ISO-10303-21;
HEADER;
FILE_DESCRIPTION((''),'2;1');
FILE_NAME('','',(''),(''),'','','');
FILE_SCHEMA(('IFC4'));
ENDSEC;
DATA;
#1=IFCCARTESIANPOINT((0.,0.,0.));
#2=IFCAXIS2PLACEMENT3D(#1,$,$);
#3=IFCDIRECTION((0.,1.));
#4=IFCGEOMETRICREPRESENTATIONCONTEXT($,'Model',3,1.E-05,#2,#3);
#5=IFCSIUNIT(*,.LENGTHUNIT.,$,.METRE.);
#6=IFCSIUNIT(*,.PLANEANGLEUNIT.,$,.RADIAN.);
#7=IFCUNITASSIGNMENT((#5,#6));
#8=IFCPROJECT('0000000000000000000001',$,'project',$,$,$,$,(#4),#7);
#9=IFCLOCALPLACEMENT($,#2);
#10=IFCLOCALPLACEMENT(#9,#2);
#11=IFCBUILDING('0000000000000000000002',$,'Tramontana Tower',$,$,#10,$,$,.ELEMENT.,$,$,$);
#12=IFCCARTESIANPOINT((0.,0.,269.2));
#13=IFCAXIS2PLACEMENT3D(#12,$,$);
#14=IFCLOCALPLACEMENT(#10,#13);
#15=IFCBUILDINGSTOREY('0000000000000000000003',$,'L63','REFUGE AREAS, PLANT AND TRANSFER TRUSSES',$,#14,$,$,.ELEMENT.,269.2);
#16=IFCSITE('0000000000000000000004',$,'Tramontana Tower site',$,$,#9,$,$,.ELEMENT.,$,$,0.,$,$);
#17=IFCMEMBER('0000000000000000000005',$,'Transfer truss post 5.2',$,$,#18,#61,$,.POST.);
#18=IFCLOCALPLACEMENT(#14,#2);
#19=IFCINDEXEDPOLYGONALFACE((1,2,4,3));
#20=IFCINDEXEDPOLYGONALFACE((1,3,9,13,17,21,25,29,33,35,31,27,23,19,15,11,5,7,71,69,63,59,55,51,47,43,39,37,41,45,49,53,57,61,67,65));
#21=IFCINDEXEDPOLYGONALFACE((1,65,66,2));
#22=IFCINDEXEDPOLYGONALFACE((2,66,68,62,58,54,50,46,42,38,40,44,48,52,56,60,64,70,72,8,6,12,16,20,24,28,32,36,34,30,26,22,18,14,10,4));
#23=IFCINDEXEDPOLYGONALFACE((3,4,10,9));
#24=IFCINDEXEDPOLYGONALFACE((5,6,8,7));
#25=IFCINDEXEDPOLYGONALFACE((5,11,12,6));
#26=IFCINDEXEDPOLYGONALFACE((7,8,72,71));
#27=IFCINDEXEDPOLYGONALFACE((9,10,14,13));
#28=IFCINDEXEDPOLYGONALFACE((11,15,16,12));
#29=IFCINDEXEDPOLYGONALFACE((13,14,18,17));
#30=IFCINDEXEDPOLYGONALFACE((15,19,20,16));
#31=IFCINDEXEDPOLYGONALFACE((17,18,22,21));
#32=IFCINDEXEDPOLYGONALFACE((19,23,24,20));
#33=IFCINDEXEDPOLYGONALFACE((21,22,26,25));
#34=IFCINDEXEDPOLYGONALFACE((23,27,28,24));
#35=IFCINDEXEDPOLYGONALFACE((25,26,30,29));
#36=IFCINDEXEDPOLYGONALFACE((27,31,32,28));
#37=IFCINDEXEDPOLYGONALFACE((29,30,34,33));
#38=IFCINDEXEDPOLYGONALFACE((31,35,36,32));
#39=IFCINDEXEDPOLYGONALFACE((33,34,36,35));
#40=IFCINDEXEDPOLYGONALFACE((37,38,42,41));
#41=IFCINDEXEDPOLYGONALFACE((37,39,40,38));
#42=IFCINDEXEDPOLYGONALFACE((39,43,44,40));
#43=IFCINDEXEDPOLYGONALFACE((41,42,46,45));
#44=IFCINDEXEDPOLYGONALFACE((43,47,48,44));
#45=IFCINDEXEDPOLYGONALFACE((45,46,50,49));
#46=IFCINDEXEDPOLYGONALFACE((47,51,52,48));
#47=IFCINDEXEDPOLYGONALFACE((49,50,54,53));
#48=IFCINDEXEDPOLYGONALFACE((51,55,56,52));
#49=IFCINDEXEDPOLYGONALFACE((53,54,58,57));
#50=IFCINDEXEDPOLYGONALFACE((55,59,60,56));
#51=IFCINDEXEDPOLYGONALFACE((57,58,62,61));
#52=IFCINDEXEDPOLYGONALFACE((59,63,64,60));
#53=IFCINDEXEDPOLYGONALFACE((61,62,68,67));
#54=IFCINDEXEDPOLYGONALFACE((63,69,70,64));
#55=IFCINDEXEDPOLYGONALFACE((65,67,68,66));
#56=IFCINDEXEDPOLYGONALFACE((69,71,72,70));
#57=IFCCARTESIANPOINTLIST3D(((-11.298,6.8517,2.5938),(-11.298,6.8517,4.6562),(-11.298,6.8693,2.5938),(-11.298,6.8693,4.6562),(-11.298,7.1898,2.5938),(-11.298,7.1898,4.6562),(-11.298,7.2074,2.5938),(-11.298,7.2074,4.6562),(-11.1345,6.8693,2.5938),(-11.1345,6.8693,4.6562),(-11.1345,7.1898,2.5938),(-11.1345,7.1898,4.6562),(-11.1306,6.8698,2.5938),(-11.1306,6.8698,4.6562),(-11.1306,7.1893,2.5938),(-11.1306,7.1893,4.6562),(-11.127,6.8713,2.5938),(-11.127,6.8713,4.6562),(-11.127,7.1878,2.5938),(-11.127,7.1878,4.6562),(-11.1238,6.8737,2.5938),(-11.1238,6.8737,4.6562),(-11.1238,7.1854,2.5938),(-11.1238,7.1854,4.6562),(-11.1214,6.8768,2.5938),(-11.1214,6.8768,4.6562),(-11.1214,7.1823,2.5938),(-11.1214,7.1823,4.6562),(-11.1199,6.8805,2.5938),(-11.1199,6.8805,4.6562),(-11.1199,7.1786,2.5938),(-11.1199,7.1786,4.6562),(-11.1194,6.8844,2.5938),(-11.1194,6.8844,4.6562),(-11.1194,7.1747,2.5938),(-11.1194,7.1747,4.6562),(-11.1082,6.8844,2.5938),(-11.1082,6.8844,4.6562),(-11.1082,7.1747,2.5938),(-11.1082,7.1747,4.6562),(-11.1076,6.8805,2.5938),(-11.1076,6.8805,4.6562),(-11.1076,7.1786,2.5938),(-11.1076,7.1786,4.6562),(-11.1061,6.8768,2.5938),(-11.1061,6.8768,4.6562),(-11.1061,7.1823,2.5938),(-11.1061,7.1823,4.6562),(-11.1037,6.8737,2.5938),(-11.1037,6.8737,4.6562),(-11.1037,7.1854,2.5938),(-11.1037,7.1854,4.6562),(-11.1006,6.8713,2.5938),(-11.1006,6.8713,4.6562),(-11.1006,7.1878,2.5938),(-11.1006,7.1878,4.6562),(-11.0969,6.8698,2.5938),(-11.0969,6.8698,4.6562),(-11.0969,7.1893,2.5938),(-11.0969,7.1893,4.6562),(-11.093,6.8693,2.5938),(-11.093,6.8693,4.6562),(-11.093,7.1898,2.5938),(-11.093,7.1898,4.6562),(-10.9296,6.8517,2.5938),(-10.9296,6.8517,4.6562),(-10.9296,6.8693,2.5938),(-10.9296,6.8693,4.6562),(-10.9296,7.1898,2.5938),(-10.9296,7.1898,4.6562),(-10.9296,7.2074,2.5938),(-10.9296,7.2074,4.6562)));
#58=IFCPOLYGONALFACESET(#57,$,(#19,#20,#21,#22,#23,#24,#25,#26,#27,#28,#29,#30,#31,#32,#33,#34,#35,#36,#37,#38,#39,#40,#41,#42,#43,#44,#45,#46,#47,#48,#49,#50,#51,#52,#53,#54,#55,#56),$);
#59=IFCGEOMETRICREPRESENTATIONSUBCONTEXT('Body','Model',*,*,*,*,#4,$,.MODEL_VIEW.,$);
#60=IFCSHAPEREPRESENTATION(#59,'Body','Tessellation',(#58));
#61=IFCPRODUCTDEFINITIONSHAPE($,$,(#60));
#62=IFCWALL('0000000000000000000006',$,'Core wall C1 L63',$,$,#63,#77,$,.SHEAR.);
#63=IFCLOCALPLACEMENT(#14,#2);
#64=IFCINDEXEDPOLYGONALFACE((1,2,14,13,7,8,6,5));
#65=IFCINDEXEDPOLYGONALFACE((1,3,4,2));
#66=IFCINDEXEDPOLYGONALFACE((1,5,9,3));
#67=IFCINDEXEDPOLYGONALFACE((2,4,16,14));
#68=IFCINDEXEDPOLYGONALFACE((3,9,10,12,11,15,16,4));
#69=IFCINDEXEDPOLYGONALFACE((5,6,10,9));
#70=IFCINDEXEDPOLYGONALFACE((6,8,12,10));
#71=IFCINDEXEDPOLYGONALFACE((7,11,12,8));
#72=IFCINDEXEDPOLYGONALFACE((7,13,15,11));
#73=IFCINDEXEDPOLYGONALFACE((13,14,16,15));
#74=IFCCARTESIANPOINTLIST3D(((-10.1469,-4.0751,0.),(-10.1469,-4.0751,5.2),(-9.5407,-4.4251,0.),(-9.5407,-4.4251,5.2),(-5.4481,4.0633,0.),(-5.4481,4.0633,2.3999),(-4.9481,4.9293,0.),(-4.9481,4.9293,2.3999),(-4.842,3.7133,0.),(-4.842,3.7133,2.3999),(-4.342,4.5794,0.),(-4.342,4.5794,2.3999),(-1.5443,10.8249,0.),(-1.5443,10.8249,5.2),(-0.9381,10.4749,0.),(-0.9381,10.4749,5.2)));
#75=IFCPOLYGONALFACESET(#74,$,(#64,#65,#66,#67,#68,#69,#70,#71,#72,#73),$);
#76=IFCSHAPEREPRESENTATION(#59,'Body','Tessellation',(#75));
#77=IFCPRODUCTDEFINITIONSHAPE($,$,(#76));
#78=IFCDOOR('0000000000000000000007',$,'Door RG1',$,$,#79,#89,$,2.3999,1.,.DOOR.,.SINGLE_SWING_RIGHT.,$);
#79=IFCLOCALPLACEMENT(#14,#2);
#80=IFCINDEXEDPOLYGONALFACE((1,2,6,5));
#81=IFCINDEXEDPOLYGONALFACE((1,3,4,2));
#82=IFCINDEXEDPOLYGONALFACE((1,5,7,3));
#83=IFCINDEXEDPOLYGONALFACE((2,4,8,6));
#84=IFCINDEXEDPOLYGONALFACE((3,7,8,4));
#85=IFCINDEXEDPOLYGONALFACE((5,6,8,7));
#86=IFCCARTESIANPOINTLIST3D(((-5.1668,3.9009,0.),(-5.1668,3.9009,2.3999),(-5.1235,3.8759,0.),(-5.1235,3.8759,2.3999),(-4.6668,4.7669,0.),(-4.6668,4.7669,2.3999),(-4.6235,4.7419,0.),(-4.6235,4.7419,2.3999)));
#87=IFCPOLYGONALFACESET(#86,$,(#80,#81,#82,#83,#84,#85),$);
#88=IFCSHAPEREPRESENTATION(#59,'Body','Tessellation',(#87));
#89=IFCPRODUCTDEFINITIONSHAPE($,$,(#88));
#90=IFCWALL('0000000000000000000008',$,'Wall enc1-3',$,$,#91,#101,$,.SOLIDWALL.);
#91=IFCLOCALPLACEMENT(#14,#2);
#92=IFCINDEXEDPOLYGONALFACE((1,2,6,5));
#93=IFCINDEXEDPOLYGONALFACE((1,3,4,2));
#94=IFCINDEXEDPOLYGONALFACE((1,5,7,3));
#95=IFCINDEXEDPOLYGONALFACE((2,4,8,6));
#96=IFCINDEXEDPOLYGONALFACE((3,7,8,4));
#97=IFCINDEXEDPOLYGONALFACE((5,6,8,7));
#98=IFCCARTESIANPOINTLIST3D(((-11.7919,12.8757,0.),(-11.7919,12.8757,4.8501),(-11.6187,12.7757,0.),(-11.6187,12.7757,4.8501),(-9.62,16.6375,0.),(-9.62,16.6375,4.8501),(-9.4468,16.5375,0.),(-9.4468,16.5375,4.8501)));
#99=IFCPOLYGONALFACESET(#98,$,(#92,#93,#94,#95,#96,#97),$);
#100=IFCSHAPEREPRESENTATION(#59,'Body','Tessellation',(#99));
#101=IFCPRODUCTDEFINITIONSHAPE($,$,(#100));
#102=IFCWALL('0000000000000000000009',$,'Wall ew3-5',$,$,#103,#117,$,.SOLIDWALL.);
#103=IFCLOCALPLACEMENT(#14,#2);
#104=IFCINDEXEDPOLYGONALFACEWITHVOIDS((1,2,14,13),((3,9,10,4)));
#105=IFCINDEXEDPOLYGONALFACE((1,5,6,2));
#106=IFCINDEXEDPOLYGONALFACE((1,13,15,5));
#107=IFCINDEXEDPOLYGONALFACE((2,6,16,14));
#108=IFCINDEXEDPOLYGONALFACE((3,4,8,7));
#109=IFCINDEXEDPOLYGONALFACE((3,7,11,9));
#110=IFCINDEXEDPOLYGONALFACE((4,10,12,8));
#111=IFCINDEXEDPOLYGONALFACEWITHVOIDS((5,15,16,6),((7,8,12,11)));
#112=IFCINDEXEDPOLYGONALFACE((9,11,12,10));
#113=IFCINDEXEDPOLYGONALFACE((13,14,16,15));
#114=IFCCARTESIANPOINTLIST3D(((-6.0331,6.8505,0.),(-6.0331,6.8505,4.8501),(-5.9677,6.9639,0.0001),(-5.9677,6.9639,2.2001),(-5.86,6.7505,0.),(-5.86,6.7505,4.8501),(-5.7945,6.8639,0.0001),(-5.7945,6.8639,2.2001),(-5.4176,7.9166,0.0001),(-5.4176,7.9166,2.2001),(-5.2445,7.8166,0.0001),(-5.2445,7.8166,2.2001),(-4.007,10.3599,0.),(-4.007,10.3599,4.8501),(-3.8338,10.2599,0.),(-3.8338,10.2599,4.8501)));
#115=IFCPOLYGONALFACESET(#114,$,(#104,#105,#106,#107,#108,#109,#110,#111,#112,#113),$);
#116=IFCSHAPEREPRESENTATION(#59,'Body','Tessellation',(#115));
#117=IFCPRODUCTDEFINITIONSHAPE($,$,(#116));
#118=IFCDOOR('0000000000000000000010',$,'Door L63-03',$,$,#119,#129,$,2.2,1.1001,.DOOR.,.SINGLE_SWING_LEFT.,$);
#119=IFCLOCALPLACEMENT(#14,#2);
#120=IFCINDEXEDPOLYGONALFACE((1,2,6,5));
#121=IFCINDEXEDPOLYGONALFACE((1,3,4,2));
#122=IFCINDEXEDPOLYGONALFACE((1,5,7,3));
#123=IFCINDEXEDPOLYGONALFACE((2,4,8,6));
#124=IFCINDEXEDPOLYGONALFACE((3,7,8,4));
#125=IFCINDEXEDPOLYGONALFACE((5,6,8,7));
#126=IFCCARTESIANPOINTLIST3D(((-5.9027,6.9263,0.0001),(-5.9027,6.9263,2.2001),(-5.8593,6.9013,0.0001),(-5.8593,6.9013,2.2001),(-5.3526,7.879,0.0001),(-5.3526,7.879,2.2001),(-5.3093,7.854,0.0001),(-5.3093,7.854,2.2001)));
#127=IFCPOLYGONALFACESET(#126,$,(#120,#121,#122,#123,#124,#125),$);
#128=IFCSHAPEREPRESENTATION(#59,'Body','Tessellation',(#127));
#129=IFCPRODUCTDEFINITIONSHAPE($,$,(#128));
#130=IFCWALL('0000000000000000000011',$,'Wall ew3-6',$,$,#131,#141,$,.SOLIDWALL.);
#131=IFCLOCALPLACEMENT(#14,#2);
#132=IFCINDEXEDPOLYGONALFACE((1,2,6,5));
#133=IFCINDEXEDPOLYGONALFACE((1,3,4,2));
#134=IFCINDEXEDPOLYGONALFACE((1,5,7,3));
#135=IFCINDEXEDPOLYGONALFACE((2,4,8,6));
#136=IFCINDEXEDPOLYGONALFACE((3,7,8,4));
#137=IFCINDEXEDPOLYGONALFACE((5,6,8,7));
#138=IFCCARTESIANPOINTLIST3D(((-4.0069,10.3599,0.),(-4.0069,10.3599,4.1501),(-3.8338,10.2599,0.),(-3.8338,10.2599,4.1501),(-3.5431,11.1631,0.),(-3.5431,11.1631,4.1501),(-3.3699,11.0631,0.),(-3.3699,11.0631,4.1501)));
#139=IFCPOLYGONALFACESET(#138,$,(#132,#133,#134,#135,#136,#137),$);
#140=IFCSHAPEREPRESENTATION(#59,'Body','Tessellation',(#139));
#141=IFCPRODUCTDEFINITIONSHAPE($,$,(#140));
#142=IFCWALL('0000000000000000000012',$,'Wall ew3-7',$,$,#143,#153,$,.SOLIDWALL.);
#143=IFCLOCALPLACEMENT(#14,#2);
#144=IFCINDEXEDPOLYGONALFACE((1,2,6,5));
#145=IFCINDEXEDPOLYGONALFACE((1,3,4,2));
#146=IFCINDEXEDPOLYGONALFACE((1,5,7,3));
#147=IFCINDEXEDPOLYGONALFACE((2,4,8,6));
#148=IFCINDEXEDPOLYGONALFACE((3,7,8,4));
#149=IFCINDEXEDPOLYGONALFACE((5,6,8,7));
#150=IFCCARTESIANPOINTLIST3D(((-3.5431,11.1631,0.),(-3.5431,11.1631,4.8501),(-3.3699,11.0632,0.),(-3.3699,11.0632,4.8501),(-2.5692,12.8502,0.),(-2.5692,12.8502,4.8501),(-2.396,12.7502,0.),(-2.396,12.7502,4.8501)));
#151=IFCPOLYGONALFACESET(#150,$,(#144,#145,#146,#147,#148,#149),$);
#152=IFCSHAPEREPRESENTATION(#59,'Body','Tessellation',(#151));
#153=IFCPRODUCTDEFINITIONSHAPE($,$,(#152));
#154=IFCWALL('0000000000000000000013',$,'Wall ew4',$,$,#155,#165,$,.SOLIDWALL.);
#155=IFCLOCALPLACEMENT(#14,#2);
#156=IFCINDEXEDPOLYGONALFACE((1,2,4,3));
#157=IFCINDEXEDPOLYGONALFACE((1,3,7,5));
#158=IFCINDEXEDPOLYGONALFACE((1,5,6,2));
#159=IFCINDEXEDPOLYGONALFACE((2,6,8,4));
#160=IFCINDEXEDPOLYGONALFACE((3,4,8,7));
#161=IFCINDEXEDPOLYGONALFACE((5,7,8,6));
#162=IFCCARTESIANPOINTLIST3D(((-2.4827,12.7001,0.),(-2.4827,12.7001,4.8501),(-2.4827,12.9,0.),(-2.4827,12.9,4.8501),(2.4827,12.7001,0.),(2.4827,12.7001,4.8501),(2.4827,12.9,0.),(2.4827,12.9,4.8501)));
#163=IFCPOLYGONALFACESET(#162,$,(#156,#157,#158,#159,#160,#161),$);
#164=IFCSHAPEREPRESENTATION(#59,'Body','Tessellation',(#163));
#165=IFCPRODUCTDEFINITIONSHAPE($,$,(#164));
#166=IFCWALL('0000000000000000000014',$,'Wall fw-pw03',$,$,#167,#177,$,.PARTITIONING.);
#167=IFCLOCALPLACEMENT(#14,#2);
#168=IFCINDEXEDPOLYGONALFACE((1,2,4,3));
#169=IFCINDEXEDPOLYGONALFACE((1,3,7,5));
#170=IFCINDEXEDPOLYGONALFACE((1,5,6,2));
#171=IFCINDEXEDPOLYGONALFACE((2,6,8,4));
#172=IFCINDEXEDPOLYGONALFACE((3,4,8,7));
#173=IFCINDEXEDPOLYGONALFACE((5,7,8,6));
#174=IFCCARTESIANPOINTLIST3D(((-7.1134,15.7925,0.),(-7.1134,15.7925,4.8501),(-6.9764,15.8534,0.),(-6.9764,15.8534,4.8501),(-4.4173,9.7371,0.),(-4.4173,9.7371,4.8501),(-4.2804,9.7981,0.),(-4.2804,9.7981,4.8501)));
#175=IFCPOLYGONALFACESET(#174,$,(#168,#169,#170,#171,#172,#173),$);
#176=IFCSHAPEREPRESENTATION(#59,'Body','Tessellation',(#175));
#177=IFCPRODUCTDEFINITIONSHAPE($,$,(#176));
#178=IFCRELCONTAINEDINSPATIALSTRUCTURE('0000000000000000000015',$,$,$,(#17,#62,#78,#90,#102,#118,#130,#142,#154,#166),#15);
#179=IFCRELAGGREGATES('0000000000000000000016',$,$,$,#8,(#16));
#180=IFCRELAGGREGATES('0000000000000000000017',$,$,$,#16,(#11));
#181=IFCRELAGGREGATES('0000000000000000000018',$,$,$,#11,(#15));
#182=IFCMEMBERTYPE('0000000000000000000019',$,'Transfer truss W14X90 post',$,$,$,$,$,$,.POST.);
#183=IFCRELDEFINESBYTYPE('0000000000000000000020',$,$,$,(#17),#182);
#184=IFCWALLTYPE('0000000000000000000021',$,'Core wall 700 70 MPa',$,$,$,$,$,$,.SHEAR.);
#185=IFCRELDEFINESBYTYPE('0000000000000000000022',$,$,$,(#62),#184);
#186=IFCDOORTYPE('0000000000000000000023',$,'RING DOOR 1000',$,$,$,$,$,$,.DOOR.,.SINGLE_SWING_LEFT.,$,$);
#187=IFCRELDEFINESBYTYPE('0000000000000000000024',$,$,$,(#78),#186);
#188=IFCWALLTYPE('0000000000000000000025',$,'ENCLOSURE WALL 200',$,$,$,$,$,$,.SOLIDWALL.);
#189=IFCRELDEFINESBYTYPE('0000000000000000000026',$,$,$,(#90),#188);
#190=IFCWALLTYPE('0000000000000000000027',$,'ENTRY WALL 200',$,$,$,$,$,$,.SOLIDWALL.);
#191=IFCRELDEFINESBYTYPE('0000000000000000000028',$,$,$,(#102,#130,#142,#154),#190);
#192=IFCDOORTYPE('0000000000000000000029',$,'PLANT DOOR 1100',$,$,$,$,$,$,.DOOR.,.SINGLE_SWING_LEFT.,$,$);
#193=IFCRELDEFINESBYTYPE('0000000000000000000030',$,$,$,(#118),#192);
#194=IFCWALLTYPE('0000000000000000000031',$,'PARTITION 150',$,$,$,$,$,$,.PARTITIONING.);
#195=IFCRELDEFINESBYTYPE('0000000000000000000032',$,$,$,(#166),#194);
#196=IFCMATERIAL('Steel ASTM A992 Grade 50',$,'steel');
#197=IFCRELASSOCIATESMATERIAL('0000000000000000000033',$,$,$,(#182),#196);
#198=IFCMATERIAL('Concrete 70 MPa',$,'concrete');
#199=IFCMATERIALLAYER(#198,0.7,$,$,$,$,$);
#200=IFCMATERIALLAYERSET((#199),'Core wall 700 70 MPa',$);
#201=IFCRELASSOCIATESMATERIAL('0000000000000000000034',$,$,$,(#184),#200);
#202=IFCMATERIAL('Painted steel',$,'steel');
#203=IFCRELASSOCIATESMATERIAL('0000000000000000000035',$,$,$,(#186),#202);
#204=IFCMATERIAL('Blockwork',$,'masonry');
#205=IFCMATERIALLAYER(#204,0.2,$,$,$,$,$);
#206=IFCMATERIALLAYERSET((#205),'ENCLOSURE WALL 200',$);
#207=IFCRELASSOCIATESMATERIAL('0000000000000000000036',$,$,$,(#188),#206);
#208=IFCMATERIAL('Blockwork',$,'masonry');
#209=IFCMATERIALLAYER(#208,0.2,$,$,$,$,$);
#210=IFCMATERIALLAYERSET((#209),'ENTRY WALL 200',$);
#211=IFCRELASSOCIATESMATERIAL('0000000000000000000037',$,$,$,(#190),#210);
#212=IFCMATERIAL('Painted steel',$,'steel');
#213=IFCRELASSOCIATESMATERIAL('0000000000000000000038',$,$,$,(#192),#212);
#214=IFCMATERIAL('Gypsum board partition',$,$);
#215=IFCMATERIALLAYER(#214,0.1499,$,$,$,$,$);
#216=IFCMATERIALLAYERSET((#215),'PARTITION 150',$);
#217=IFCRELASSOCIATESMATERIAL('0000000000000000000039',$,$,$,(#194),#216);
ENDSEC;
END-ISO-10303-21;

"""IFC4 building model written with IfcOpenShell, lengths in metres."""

from ifc_helpers import new_model, si_unit, direction, frame, frame_2d, origin, origin_2d, place, context, subcontext, project, spatial, rectangle, i_section, extrude, material, layer, layer_set, material_profile, profile_set, type_object, element, fill, save


model = new_model("IFC4")

# Units and contexts
model_context = context("Model", 3, precision=1e-05, world=origin(), true_north=direction((0.0, 1.0)))
body_context = subcontext(model_context, "Body", "Model", "MODEL_VIEW")
ifc_project = project(units=[si_unit("LENGTHUNIT", "METRE"), si_unit("PLANEANGLEUNIT", "RADIAN")], contexts=[model_context])

# Site, building, storey
site_placement = place(None, origin())
site = spatial("IfcSite", under=ifc_project, at=site_placement, Name="Tramontana Tower site", CompositionType="ELEMENT", RefElevation=0.0)
building_placement = place(site_placement, origin())
building = spatial("IfcBuilding", under=site, at=building_placement, Name="Tramontana Tower", CompositionType="ELEMENT")
storey_placement = place(building_placement, frame((0.0, 0.0, 269.2)))
storey = spatial("IfcBuildingStorey", under=building, at=storey_placement, Name="L63", Description="REFUGE AREAS, PLANT AND TRANSFER TRUSSES", CompositionType="ELEMENT", Elevation=269.2)

# Member
ifc_material_1 = material(Name="Steel ASTM A992 Grade 50", Category="steel")
ifc_material_profile_1 = material_profile(ifc_material_1, i_section(OverallWidth=0.3684, OverallDepth=0.3557, WebThickness=0.0112, FlangeThickness=0.0176, FilletRadius=0.0151, at=origin_2d()), Name="W14X90")
ifc_profile_set_1 = profile_set([ifc_material_profile_1], Name="Steel ASTM A992 Grade 50")
member_type_1 = type_object("IfcMemberType", Name="Transfer truss W14X90 post", PredefinedType="POST", material=ifc_profile_set_1)
member_1_placement = place(storey_placement, frame((-11.1138, 7.0295, 2.5938), z_axis=(0.0, 0.0, 1.0), x_axis=(1.0, 0.0, 0.0)))
element("IfcMember", 1, at=member_1_placement, inside=storey, type_object=member_type_1, Name="Transfer truss post 5.2", PredefinedType="POST", context=body_context, shape_type="SweptSolid", body=[
    extrude(i_section(OverallWidth=0.3684, OverallDepth=0.3557, WebThickness=0.0112, FlangeThickness=0.0176, FilletRadius=0.0151, at=origin_2d()), origin(), (0.0, 0.0, 1.0), 2.0625),
])

# Wall, opening, door
ifc_material_2 = material(Name="Concrete 70 MPa", Category="concrete")
ifc_layer_1 = layer(ifc_material_2, 0.7)
ifc_layer_set_1 = layer_set([ifc_layer_1], Name="Core wall 700 70 MPa")
wall_type_1 = type_object("IfcWallType", Name="Core wall 700 70 MPa", PredefinedType="SHEAR", material=ifc_layer_set_1)
wall_1_placement = place(storey_placement, frame((-1.2412, 10.6499, 0.0), z_axis=(0.0, 0.0, 1.0), x_axis=(-0.500003, -0.866023, 0.0)))
wall_1 = element("IfcWall", 2, at=wall_1_placement, inside=storey, type_object=wall_type_1, Name="Core wall C1 L63", PredefinedType="SHEAR", context=body_context, shape_type="SweptSolid", body=[
    extrude(rectangle(XDim=17.2051, YDim=0.7, at=frame_2d((8.6025, 0.0))), origin(), (0.0, 0.0, 1.0), 5.2),
])
opening_1_placement = place(wall_1_placement, frame((6.8076, 0.0, 0.0)))
opening_1 = element("IfcOpeningElement", 3, at=opening_1_placement, cuts=wall_1, PredefinedType="OPENING", context=body_context, shape_type="SweptSolid", body=[
    extrude(rectangle(XDim=1.0, YDim=2.3999, at=frame_2d((0.5, 1.2))), frame((0.0, 0.3599, 0.0), z_axis=(0.0, -1.0, 0.0), x_axis=(1.0, 0.0, 0.0)), (0.0, 0.0, 1.0), 0.72),
])
ifc_material_3 = material(Name="Painted steel", Category="steel")
door_type_1 = type_object("IfcDoorType", Name="RING DOOR 1000", OperationType="SINGLE_SWING_LEFT", PredefinedType="DOOR", material=ifc_material_3)
door_1_placement = place(opening_1_placement, origin())
door_1 = element("IfcDoor", 4, at=door_1_placement, inside=storey, type_object=door_type_1, Name="Door RG1", OperationType="SINGLE_SWING_RIGHT", OverallHeight=2.3999, OverallWidth=1.0, PredefinedType="DOOR", context=body_context, shape_type="SweptSolid", body=[
    extrude(rectangle(XDim=1.0, YDim=2.3999, at=frame_2d((0.5, 1.2))), frame((0.0, 0.0249, 0.0), z_axis=(0.0, -1.0, 0.0), x_axis=(1.0, 0.0, 0.0)), (0.0, 0.0, 1.0), 0.05),
])
fill(opening_1, door_1)

# Wall
ifc_material_4 = material(Name="Blockwork", Category="masonry")
ifc_layer_2 = layer(ifc_material_4, 0.2)
ifc_layer_set_2 = layer_set([ifc_layer_2], Name="ENCLOSURE WALL 200")
wall_type_2 = type_object("IfcWallType", Name="ENCLOSURE WALL 200", PredefinedType="SOLIDWALL", material=ifc_layer_set_2)
wall_2_placement = place(storey_placement, frame((-11.7053, 12.8257, 0.0), z_axis=(0.0, 0.0, 1.0), x_axis=(0.500008, 0.866021, 0.0)))
element("IfcWall", 5, at=wall_2_placement, inside=storey, type_object=wall_type_2, Name="Wall enc1-3", PredefinedType="SOLIDWALL", context=body_context, shape_type="SweptSolid", body=[
    extrude(rectangle(XDim=4.3438, YDim=0.2, at=frame_2d((2.1719, 0.0))), origin(), (0.0, 0.0, 1.0), 4.8501),
])

# Wall, opening, door
ifc_material_5 = material(Name="Blockwork", Category="masonry")
ifc_layer_3 = layer(ifc_material_5, 0.2)
ifc_layer_set_3 = layer_set([ifc_layer_3], Name="ENTRY WALL 200")
wall_type_3 = type_object("IfcWallType", Name="ENTRY WALL 200", PredefinedType="SOLIDWALL", material=ifc_layer_set_3)
wall_3_placement = place(storey_placement, frame((-5.9465, 6.8005, 0.0), z_axis=(0.0, 0.0, 1.0), x_axis=(0.500008, 0.866021, 0.0)))
wall_3 = element("IfcWall", 6, at=wall_3_placement, inside=storey, type_object=wall_type_3, Name="Wall ew3-5", PredefinedType="SOLIDWALL", context=body_context, shape_type="SweptSolid", body=[
    extrude(rectangle(XDim=4.0522, YDim=0.2, at=frame_2d((2.0261, 0.0))), origin(), (0.0, 0.0, 1.0), 4.8501),
])
opening_2_placement = place(wall_3_placement, frame((0.1309, 0.0, 0.0)))
opening_2 = element("IfcOpeningElement", 7, at=opening_2_placement, cuts=wall_3, PredefinedType="OPENING", context=body_context, shape_type="SweptSolid", body=[
    extrude(rectangle(XDim=1.1001, YDim=2.2, at=frame_2d((0.55, 1.1001))), frame((0.0, 0.1099, 0.0), z_axis=(0.0, -1.0, 0.0), x_axis=(1.0, 0.0, 0.0)), (0.0, 0.0, 1.0), 0.22),
])
ifc_material_6 = material(Name="Painted steel", Category="steel")
door_type_2 = type_object("IfcDoorType", Name="PLANT DOOR 1100", OperationType="SINGLE_SWING_LEFT", PredefinedType="DOOR", material=ifc_material_6)
door_2_placement = place(opening_2_placement, origin())
door_2 = element("IfcDoor", 8, at=door_2_placement, inside=storey, type_object=door_type_2, Name="Door L63-03", OperationType="SINGLE_SWING_LEFT", OverallHeight=2.2, OverallWidth=1.1001, PredefinedType="DOOR", context=body_context, shape_type="SweptSolid", body=[
    extrude(rectangle(XDim=1.1001, YDim=2.2, at=frame_2d((0.55, 1.1001))), frame((0.0, 0.0249, 0.0), z_axis=(0.0, -1.0, 0.0), x_axis=(1.0, 0.0, 0.0)), (0.0, 0.0, 1.0), 0.05),
])
fill(opening_2, door_2)

# Walls
wall_4_placement = place(storey_placement, frame((-3.9204, 10.3098, 0.0), z_axis=(0.0, 0.0, 1.0), x_axis=(0.500102, 0.865966, 0.0)))
element("IfcWall", 9, at=wall_4_placement, inside=storey, type_object=wall_type_3, Name="Wall ew3-6", PredefinedType="SOLIDWALL", context=body_context, shape_type="SweptSolid", body=[
    extrude(rectangle(XDim=0.9275, YDim=0.2, at=frame_2d((0.4639, 0.0))), origin(), (0.0, 0.0, 1.0), 4.1501),
])
wall_5_placement = place(storey_placement, frame((-3.4565, 11.113, 0.0), z_axis=(0.0, 0.0, 1.0), x_axis=(0.499954, 0.866052, 0.0)))
element("IfcWall", 10, at=wall_5_placement, inside=storey, type_object=wall_type_3, Name="Wall ew3-7", PredefinedType="SOLIDWALL", context=body_context, shape_type="SweptSolid", body=[
    extrude(rectangle(XDim=1.948, YDim=0.2, at=frame_2d((0.9741, 0.0))), origin(), (0.0, 0.0, 1.0), 4.8501),
])
wall_6_placement = place(storey_placement, frame((-2.4827, 12.8, 0.0), z_axis=(0.0, 0.0, 1.0), x_axis=(1.0, 0.0, 0.0)))
element("IfcWall", 11, at=wall_6_placement, inside=storey, type_object=wall_type_3, Name="Wall ew4", PredefinedType="SOLIDWALL", context=body_context, shape_type="SweptSolid", body=[
    extrude(rectangle(XDim=4.9653, YDim=0.2, at=frame_2d((2.4827, 0.0))), origin(), (0.0, 0.0, 1.0), 4.8501),
])
ifc_material_7 = material(Name="Gypsum board partition")
ifc_layer_4 = layer(ifc_material_7, 0.1499)
ifc_layer_set_4 = layer_set([ifc_layer_4], Name="PARTITION 150")
wall_type_4 = type_object("IfcWallType", Name="PARTITION 150", PredefinedType="PARTITIONING", material=ifc_layer_set_4)
wall_7_placement = place(storey_placement, frame((-4.3489, 9.7676, 0.0), z_axis=(0.0, 0.0, 1.0), x_axis=(-0.406736, 0.913546, 0.0)))
element("IfcWall", 12, at=wall_7_placement, inside=storey, type_object=wall_type_4, Name="Wall fw-pw03", PredefinedType="PARTITIONING", context=body_context, shape_type="SweptSolid", body=[
    extrude(rectangle(XDim=6.6284, YDim=0.1499, at=frame_2d((3.3142, 0.0))), origin(), (0.0, 0.0, 1.0), 4.8501),
])

save(model, "model.ifc")
